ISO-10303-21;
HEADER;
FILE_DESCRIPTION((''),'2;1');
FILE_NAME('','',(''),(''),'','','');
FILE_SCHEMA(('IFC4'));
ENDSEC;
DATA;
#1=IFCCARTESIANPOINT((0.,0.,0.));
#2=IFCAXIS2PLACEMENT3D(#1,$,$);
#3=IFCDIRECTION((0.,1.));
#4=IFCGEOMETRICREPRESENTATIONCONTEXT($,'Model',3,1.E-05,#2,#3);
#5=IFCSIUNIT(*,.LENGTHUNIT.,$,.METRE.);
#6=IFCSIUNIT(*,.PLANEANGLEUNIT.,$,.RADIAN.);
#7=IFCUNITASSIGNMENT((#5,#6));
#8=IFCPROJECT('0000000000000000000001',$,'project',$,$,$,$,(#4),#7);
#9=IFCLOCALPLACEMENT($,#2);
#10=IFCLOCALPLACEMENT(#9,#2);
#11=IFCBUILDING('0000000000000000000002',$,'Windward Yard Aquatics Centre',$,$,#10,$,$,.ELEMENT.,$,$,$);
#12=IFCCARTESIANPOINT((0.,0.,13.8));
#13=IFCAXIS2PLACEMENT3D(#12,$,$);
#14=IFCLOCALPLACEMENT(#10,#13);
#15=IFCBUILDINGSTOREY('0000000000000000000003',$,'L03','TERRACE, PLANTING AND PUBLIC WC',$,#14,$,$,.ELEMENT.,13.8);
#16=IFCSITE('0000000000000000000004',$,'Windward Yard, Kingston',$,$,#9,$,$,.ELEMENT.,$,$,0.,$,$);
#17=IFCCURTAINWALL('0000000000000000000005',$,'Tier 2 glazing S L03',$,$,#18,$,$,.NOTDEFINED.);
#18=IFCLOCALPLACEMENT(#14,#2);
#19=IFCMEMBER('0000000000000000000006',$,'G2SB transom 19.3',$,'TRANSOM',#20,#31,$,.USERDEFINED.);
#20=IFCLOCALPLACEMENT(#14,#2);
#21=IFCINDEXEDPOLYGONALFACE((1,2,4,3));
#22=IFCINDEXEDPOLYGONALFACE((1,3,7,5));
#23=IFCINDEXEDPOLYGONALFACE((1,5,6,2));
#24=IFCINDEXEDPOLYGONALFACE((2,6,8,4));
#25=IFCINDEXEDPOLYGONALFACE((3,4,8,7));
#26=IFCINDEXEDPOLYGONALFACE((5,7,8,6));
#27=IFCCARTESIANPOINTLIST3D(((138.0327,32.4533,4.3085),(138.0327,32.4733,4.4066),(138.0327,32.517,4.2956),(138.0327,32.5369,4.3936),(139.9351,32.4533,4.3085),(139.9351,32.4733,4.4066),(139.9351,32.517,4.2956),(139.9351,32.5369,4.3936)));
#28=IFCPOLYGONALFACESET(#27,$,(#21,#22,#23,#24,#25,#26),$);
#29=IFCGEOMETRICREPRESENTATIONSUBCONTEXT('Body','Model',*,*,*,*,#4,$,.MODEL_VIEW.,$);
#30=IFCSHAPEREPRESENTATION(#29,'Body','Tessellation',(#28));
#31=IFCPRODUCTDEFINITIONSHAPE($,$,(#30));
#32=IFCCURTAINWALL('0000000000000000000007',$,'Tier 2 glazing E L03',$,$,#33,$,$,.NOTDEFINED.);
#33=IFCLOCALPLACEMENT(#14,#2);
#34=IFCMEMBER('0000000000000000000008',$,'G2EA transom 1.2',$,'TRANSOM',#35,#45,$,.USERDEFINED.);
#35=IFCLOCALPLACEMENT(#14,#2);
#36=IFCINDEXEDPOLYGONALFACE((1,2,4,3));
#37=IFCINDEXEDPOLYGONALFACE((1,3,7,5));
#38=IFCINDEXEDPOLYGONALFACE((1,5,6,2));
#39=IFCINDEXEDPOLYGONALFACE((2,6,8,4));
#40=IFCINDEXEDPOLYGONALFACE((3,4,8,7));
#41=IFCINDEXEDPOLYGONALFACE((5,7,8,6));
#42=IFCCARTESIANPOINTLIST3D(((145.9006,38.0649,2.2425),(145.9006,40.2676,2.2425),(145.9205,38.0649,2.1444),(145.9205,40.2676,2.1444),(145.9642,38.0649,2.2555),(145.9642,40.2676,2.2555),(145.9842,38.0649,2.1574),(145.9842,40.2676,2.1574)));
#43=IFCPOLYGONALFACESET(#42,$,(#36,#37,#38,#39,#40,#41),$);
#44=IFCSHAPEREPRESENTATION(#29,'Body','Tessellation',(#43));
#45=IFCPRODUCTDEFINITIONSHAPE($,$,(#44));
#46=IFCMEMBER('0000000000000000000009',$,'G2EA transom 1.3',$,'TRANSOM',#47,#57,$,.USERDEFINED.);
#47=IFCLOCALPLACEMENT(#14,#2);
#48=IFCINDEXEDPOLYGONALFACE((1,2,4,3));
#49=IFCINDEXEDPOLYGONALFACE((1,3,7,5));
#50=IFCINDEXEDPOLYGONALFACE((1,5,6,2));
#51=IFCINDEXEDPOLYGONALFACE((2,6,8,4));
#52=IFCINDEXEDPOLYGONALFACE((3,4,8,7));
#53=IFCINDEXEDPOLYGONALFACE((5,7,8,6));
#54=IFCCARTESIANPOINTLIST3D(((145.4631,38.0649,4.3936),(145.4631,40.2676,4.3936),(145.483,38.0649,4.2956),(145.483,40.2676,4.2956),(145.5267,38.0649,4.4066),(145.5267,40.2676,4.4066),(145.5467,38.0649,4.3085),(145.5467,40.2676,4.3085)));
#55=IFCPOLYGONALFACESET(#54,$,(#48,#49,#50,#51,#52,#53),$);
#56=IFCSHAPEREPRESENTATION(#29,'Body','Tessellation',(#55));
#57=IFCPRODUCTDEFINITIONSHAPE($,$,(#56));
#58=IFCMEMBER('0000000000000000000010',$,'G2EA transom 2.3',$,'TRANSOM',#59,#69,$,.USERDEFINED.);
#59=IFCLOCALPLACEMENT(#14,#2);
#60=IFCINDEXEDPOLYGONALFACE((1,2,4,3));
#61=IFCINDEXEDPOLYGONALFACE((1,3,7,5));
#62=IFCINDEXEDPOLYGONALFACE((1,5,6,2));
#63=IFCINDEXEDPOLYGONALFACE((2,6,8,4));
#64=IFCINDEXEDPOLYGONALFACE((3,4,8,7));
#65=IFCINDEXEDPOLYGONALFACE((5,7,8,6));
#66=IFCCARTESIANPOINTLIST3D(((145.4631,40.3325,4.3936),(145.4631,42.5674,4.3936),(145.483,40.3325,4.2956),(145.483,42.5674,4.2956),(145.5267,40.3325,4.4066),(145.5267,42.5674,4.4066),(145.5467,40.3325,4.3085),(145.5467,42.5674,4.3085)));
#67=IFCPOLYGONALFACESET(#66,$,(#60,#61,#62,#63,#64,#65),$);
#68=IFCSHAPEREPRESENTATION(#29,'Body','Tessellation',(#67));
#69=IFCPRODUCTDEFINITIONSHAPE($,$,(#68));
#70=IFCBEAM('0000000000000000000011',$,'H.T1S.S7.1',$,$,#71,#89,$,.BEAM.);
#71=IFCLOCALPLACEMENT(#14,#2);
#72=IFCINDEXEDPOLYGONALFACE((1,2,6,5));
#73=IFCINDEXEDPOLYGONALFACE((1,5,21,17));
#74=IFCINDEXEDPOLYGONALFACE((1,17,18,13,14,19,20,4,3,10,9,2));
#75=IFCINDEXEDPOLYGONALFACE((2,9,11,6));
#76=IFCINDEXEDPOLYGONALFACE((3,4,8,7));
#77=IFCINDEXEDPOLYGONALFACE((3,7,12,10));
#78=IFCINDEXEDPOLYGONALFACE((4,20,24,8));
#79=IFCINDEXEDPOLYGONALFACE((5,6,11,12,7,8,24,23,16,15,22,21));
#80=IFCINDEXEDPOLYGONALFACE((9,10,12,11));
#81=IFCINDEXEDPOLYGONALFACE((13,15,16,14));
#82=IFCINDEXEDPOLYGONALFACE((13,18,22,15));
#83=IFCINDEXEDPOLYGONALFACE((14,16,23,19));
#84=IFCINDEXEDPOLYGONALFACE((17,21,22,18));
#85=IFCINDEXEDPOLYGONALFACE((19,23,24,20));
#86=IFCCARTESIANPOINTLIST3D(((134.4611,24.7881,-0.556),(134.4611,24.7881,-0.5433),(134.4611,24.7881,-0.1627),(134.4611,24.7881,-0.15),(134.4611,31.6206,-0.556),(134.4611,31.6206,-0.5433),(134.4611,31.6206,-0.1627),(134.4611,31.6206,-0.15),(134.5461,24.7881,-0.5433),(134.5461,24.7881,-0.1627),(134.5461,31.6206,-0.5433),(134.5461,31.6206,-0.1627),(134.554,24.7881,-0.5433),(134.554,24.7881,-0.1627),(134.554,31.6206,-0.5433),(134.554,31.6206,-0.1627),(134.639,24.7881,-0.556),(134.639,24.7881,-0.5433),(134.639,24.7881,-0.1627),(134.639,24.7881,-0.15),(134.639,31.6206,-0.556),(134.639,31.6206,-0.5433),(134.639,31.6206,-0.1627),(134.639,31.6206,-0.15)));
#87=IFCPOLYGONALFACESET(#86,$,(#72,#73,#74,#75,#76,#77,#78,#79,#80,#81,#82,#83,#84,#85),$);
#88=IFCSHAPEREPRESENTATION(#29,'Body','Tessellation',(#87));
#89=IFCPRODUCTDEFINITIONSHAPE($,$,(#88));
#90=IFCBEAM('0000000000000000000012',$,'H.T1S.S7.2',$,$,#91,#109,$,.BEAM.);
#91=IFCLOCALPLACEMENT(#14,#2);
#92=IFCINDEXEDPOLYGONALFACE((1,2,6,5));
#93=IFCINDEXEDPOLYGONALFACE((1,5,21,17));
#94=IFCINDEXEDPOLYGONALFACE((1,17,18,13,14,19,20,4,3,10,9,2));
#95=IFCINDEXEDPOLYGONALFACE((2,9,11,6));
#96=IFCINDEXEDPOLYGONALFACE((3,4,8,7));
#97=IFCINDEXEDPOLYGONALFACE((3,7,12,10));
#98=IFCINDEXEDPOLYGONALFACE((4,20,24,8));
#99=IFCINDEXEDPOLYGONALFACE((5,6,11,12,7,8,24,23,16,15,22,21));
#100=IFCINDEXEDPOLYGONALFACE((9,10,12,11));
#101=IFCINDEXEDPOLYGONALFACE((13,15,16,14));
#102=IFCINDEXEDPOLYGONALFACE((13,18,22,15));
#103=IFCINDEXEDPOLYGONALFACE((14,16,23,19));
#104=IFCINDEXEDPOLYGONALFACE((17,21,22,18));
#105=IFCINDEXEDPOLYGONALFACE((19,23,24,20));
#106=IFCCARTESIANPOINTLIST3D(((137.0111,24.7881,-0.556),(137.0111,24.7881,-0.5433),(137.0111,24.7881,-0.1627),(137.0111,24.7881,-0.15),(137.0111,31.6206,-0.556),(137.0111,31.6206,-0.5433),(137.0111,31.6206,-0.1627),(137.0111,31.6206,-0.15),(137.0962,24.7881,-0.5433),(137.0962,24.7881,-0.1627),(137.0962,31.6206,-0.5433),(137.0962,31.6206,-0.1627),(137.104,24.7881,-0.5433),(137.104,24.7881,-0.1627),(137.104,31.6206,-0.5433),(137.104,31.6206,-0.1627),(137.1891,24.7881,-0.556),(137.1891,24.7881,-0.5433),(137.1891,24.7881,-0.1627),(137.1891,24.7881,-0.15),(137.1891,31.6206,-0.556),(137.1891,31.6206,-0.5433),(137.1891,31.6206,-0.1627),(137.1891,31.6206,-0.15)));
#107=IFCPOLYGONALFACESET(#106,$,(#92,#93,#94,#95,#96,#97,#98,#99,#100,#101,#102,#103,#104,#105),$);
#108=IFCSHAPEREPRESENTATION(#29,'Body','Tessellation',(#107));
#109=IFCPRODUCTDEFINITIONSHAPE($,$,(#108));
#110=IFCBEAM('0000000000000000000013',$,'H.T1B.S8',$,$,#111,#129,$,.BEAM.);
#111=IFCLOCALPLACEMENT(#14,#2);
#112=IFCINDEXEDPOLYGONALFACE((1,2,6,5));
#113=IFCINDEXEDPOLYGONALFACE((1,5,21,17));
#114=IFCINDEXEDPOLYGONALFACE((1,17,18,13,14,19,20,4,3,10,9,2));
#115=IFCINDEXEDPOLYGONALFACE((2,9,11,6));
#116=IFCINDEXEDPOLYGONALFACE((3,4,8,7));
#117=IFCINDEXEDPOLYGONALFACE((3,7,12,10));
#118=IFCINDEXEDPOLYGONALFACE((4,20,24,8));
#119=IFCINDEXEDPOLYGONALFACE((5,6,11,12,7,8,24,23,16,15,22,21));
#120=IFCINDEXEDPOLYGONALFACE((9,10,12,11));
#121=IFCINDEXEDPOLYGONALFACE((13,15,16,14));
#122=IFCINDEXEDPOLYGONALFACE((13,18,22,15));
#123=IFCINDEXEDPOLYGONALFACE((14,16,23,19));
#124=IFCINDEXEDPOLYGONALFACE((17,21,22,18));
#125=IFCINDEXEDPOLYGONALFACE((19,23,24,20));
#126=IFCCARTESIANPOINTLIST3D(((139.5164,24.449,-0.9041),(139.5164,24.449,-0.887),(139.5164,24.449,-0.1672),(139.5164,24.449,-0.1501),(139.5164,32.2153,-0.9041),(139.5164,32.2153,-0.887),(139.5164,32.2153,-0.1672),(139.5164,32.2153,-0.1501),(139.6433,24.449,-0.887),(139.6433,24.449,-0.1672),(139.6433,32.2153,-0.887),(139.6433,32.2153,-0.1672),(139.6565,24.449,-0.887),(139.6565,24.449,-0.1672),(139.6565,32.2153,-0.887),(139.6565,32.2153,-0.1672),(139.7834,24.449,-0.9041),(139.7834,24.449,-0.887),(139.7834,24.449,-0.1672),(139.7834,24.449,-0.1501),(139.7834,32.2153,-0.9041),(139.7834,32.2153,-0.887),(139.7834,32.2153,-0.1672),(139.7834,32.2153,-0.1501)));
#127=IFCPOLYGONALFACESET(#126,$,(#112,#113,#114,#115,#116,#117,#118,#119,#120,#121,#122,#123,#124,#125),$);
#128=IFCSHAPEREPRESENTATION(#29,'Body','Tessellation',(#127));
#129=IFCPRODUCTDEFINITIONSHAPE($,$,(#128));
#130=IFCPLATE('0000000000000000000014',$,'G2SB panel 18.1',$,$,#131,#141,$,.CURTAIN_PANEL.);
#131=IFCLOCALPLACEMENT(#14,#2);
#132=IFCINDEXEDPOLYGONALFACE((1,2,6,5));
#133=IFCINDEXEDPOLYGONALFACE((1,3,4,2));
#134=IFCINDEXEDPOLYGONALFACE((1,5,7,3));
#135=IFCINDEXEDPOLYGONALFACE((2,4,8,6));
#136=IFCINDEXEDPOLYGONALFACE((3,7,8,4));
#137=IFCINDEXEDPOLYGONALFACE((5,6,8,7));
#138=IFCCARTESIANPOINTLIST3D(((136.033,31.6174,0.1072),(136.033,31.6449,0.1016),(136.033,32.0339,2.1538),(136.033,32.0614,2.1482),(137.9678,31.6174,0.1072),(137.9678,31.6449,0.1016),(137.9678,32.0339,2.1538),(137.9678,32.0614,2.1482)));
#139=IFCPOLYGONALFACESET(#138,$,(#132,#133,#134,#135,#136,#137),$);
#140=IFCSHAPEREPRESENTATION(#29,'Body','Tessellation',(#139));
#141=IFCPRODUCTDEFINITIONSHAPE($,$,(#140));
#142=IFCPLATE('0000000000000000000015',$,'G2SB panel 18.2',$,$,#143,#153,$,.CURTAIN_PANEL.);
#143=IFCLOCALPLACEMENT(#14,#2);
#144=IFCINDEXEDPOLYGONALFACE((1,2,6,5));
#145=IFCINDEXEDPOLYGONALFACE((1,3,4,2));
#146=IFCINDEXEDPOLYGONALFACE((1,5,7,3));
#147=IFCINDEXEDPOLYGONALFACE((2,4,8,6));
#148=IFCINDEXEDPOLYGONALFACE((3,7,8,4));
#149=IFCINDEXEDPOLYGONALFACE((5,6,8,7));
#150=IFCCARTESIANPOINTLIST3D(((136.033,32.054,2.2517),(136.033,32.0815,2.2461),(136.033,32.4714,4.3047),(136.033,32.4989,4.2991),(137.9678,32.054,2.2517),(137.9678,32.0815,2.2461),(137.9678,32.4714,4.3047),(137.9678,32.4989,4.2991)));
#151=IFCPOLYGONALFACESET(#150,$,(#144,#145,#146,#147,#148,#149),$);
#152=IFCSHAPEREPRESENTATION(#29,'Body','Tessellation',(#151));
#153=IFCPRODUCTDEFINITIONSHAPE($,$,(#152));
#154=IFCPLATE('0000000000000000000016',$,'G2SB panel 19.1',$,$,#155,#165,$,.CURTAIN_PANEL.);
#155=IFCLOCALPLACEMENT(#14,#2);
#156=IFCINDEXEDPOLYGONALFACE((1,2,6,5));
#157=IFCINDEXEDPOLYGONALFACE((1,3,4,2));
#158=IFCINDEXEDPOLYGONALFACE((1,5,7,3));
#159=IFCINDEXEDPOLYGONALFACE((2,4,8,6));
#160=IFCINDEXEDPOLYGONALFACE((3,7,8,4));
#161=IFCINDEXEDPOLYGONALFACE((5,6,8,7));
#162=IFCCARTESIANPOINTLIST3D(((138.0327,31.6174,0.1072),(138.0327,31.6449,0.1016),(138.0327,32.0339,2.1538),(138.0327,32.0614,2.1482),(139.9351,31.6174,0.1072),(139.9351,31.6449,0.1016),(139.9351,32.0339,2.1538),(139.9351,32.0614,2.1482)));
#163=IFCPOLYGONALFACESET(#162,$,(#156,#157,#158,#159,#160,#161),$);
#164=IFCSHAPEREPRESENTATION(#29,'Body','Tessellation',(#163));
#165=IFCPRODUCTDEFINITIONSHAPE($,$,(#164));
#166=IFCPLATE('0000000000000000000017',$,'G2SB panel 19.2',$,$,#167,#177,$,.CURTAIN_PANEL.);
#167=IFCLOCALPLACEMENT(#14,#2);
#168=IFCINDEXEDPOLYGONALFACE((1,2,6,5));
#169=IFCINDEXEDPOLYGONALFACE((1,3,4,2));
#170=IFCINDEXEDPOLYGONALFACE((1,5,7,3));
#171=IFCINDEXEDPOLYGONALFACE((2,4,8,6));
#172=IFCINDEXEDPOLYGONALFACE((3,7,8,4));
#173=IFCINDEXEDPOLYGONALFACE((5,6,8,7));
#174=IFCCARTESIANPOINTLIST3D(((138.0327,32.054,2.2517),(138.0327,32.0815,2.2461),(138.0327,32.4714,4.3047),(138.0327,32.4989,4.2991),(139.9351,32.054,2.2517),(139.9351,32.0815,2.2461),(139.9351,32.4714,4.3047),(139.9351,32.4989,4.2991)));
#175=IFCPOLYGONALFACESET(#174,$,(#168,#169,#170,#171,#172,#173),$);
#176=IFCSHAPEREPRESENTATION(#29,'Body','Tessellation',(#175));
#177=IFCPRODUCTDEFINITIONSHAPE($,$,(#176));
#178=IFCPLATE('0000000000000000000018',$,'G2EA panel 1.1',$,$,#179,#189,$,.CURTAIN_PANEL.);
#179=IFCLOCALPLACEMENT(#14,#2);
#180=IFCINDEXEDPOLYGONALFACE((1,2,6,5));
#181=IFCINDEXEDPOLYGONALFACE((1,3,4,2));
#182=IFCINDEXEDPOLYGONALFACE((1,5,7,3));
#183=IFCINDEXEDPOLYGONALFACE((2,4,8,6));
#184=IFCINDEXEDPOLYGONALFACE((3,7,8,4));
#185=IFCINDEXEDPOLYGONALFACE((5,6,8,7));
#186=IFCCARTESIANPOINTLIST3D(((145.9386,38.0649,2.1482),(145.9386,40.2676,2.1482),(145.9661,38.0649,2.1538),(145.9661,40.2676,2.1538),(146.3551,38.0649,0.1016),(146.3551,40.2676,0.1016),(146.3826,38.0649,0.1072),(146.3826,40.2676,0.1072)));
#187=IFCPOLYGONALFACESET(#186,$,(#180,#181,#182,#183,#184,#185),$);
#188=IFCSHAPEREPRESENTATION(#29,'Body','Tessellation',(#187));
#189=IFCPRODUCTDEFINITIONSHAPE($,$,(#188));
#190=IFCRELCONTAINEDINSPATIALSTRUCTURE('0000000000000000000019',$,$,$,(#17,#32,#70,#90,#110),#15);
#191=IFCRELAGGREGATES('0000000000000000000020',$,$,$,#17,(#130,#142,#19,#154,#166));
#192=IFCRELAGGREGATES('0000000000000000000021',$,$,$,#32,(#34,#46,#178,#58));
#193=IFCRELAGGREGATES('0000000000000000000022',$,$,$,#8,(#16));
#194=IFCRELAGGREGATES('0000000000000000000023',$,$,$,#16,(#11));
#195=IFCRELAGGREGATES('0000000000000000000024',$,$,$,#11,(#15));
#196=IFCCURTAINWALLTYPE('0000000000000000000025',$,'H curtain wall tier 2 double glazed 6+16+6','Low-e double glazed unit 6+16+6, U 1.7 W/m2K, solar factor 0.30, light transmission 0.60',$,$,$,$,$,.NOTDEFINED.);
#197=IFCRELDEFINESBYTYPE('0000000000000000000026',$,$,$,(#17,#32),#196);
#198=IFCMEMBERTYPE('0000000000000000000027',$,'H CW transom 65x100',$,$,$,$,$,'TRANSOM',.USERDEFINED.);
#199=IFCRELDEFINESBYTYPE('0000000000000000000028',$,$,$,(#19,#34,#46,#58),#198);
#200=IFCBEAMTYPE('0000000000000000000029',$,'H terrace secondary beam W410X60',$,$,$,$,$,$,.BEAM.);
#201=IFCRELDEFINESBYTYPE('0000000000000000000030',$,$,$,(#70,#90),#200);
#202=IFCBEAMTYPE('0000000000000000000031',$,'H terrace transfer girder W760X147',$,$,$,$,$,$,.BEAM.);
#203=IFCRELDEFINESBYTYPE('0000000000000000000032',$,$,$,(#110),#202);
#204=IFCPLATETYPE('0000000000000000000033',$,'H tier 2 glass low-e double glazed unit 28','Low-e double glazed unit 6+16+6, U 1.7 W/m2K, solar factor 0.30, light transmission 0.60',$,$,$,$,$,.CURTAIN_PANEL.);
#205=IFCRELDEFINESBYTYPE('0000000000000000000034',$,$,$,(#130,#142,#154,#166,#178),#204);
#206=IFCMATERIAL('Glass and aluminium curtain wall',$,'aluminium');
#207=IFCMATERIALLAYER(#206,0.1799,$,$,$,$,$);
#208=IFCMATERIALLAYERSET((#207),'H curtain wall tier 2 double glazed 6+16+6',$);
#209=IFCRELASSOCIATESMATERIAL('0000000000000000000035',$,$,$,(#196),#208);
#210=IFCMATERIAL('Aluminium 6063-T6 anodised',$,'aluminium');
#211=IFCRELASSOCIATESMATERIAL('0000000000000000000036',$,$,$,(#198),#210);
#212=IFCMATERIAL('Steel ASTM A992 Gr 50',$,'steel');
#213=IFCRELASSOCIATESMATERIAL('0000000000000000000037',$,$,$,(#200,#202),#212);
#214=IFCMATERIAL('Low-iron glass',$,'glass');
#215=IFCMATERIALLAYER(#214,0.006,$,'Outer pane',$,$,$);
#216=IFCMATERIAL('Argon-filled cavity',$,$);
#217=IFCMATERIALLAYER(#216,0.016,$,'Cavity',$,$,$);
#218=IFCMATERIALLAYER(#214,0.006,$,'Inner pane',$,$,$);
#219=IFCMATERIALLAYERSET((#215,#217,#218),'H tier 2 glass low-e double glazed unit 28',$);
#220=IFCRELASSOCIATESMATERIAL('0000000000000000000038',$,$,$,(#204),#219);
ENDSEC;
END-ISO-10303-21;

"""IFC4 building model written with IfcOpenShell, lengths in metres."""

from ifc_helpers import new_model, si_unit, direction, frame, origin, origin_2d, place, context, subcontext, project, spatial, polyline, rectangle, i_section, outline, extrude, material, layer, layer_set, material_profile, profile_set, type_object, element, aggregate, save


model = new_model("IFC4")

# Units and contexts
model_context = context("Model", 3, precision=1e-05, world=origin(), true_north=direction((0.0, 1.0)))
body_context = subcontext(model_context, "Body", "Model", "MODEL_VIEW")
ifc_project = project(units=[si_unit("LENGTHUNIT", "METRE"), si_unit("PLANEANGLEUNIT", "RADIAN")], contexts=[model_context])

# Site, building, storey
site_placement = place(None, origin())
site = spatial("IfcSite", under=ifc_project, at=site_placement, Name="Windward Yard, Kingston", CompositionType="ELEMENT", RefElevation=0.0)
building_placement = place(site_placement, origin())
building = spatial("IfcBuilding", under=site, at=building_placement, Name="Windward Yard Aquatics Centre", CompositionType="ELEMENT")
storey_placement = place(building_placement, frame((0.0, 0.0, 13.8)))
storey = spatial("IfcBuildingStorey", under=building, at=storey_placement, Name="L03", Description="TERRACE, PLANTING AND PUBLIC WC", CompositionType="ELEMENT", Elevation=13.8)

# Curtain walls, members
ifc_material_1 = material(Name="Glass and aluminium curtain wall", Category="aluminium")
ifc_layer_1 = layer(ifc_material_1, 0.1799)
ifc_layer_set_1 = layer_set([ifc_layer_1], Name="H curtain wall tier 2 double glazed 6+16+6")
curtain_wall_type = type_object("IfcCurtainWallType", Name="H curtain wall tier 2 double glazed 6+16+6", Description="Low-e double glazed unit 6+16+6, U 1.7 W/m2K, solar factor 0.30, light transmission 0.60", PredefinedType="NOTDEFINED", material=ifc_layer_set_1)
curtain_wall_1_placement = place(storey_placement, origin())
curtain_wall_1 = element("IfcCurtainWall", 1, at=curtain_wall_1_placement, inside=storey, type_object=curtain_wall_type, Name="Tier 2 glazing S L03", PredefinedType="NOTDEFINED")
ifc_material_2 = material(Name="Aluminium 6063-T6 anodised", Category="aluminium")
ifc_material_profile_1 = material_profile(ifc_material_2, rectangle(XDim=0.0649, YDim=0.1001, at=origin_2d()), Name="H CW transom 65x100")
ifc_profile_set_1 = profile_set([ifc_material_profile_1], Name="Aluminium 6063-T6 anodised")
member_type_1 = type_object("IfcMemberType", Name="H CW transom 65x100", ElementType="TRANSOM", PredefinedType="USERDEFINED", material=ifc_profile_set_1)
member_1_placement = place(storey_placement, frame((138.0327, 32.4951, 4.3511), z_axis=(1.0, 0.0, 0.0), x_axis=(0.0, -0.979925, 0.199368)))
member_1 = element("IfcMember", 2, at=member_1_placement, type_object=member_type_1, Name="G2SB transom 19.3", ObjectType="TRANSOM", PredefinedType="USERDEFINED", context=body_context, shape_type="SweptSolid", body=[
    extrude(rectangle(XDim=0.0649, YDim=0.1001, at=origin_2d()), origin(), (0.0, 0.0, 1.0), 1.9023),
])
curtain_wall_2_placement = place(storey_placement, origin())
curtain_wall_2 = element("IfcCurtainWall", 3, at=curtain_wall_2_placement, inside=storey, type_object=curtain_wall_type, Name="Tier 2 glazing E L03", PredefinedType="NOTDEFINED")
member_2_placement = place(storey_placement, frame((145.9424, 38.0649, 2.2), z_axis=(0.0, 1.0, 0.0), x_axis=(0.979925, 0.0, 0.199368)))
member_2 = element("IfcMember", 4, at=member_2_placement, type_object=member_type_1, Name="G2EA transom 1.2", ObjectType="TRANSOM", PredefinedType="USERDEFINED", context=body_context, shape_type="SweptSolid", body=[
    extrude(rectangle(XDim=0.0649, YDim=0.1001, at=origin_2d()), origin(), (0.0, 0.0, 1.0), 2.2026),
])
member_3_placement = place(storey_placement, frame((145.5049, 38.0649, 4.3511), z_axis=(0.0, 1.0, 0.0), x_axis=(0.979925, 0.0, 0.199368)))
member_3 = element("IfcMember", 5, at=member_3_placement, type_object=member_type_1, Name="G2EA transom 1.3", ObjectType="TRANSOM", PredefinedType="USERDEFINED", context=body_context, shape_type="SweptSolid", body=[
    extrude(rectangle(XDim=0.0649, YDim=0.1001, at=origin_2d()), origin(), (0.0, 0.0, 1.0), 2.2026),
])
member_4_placement = place(storey_placement, frame((145.5049, 40.3325, 4.3511), z_axis=(0.0, 1.0, 0.0), x_axis=(0.979925, 0.0, 0.199368)))
member_4 = element("IfcMember", 6, at=member_4_placement, type_object=member_type_1, Name="G2EA transom 2.3", ObjectType="TRANSOM", PredefinedType="USERDEFINED", context=body_context, shape_type="SweptSolid", body=[
    extrude(rectangle(XDim=0.0649, YDim=0.1001, at=origin_2d()), origin(), (0.0, 0.0, 1.0), 2.2349),
])

# Beams
ifc_material_3 = material(Name="Steel ASTM A992 Gr 50", Category="steel")
ifc_material_profile_2 = material_profile(ifc_material_3, i_section(OverallWidth=0.178, OverallDepth=0.406, WebThickness=0.0078, FlangeThickness=0.0127, at=origin_2d()), Name="W410X60")
ifc_profile_set_2 = profile_set([ifc_material_profile_2], Name="Steel ASTM A992 Gr 50")
beam_type_1 = type_object("IfcBeamType", Name="H terrace secondary beam W410X60", PredefinedType="BEAM", material=ifc_profile_set_2)
for number, where, z_axis, x_axis, name in (
    (7, (134.55, 24.7881, -0.353), (0.0, 1.0, 0.0), (-1.0, 0.0, 0.0), "H.T1S.S7.1"),
    (8, (137.1001, 24.7881, -0.353), (0.0, 1.0, 0.0), (-1.0, 0.0, 0.0), "H.T1S.S7.2"),
):
    element("IfcBeam", number, at=place(storey_placement, frame(where, z_axis=z_axis, x_axis=x_axis)), inside=storey, type_object=beam_type_1, Name=name, PredefinedType="BEAM", context=body_context, shape_type="SweptSolid", body=[
        extrude(i_section(OverallWidth=0.178, OverallDepth=0.406, WebThickness=0.0078, FlangeThickness=0.0127, at=origin_2d()), origin(), (0.0, 0.0, 1.0), 6.8325),
    ])
ifc_material_profile_3 = material_profile(ifc_material_3, i_section(OverallWidth=0.2671, OverallDepth=0.7539, WebThickness=0.0132, FlangeThickness=0.0171, at=origin_2d()), Name="W760X147")
ifc_profile_set_3 = profile_set([ifc_material_profile_3], Name="Steel ASTM A992 Gr 50")
beam_type_2 = type_object("IfcBeamType", Name="H terrace transfer girder W760X147", PredefinedType="BEAM", material=ifc_profile_set_3)
beam_placement = place(storey_placement, frame((139.6499, 24.449, -0.5271), z_axis=(0.0, 1.0, 0.0), x_axis=(-1.0, 0.0, 0.0)))
element("IfcBeam", 9, at=beam_placement, inside=storey, type_object=beam_type_2, Name="H.T1B.S8", PredefinedType="BEAM", context=body_context, shape_type="SweptSolid", body=[
    extrude(i_section(OverallWidth=0.2671, OverallDepth=0.7539, WebThickness=0.0132, FlangeThickness=0.0171, at=origin_2d()), origin(), (0.0, 0.0, 1.0), 7.7664),
])

# Plates
ifc_material_4 = material(Name="Low-iron glass", Category="glass")
ifc_layer_2 = layer(ifc_material_4, 0.006, Name="Outer pane")
ifc_material_5 = material(Name="Argon-filled cavity")
ifc_layer_3 = layer(ifc_material_5, 0.016, Name="Cavity")
ifc_layer_4 = layer(ifc_material_4, 0.006, Name="Inner pane")
ifc_layer_set_2 = layer_set([ifc_layer_2, ifc_layer_3, ifc_layer_4], Name="H tier 2 glass low-e double glazed unit 28")
plate_type = type_object("IfcPlateType", Name="H tier 2 glass low-e double glazed unit 28", Description="Low-e double glazed unit 6+16+6, U 1.7 W/m2K, solar factor 0.30, light transmission 0.60", PredefinedType="CURTAIN_PANEL", material=ifc_layer_set_2)
plate_1_placement = place(storey_placement, frame((136.033, 31.6174, 0.1072), z_axis=(0.0, -0.979914, 0.199419), x_axis=(1.0, 0.0, 0.0)))
plate_1 = element("IfcPlate", 10, at=plate_1_placement, type_object=plate_type, Name="G2SB panel 18.1", PredefinedType="CURTAIN_PANEL", context=body_context, shape_type="SweptSolid", body=[
    extrude(outline(polyline([(0.0, 0.0), (1.9348, 0.0), (1.9348, 2.0886), (0.0, 2.0886), (0.0, 0.0)])), origin(), (0.0, 0.0, -1.0), 0.0281),
])
plate_2_placement = place(storey_placement, frame((136.033, 32.054, 2.2517), z_axis=(0.0, -0.979944, 0.199275), x_axis=(1.0, 0.0, 0.0)))
plate_2 = element("IfcPlate", 11, at=plate_2_placement, type_object=plate_type, Name="G2SB panel 18.2", PredefinedType="CURTAIN_PANEL", context=body_context, shape_type="SweptSolid", body=[
    extrude(outline(polyline([(0.0, 0.0), (1.9348, 0.0), (1.9348, 2.095), (0.0, 2.095), (0.0, 0.0)])), origin(), (0.0, 0.0, -1.0), 0.0281),
])
plate_3_placement = place(storey_placement, frame((138.0327, 31.6174, 0.1072), z_axis=(0.0, -0.979914, 0.199419), x_axis=(1.0, 0.0, 0.0)))
plate_3 = element("IfcPlate", 12, at=plate_3_placement, type_object=plate_type, Name="G2SB panel 19.1", PredefinedType="CURTAIN_PANEL", context=body_context, shape_type="SweptSolid", body=[
    extrude(outline(polyline([(0.0, 0.0), (1.9023, 0.0), (1.9023, 2.0886), (0.0, 2.0886), (0.0, 0.0)])), origin(), (0.0, 0.0, -1.0), 0.0281),
])
plate_4_placement = place(storey_placement, frame((138.0327, 32.054, 2.2517), z_axis=(0.0, -0.979944, 0.199275), x_axis=(1.0, 0.0, 0.0)))
plate_4 = element("IfcPlate", 13, at=plate_4_placement, type_object=plate_type, Name="G2SB panel 19.2", PredefinedType="CURTAIN_PANEL", context=body_context, shape_type="SweptSolid", body=[
    extrude(outline(polyline([(0.0, 0.0), (1.9023, 0.0), (1.9023, 2.095), (0.0, 2.095), (0.0, 0.0)])), origin(), (0.0, 0.0, -1.0), 0.0281),
])
aggregate(curtain_wall_1, [plate_1, plate_2, member_1, plate_3, plate_4])
plate_5_placement = place(storey_placement, frame((145.9661, 38.0649, 2.1538), z_axis=(0.979914, 0.0, 0.199419), x_axis=(0.199419, 0.0, -0.979914)))
plate_5 = element("IfcPlate", 14, at=plate_5_placement, type_object=plate_type, Name="G2EA panel 1.1", PredefinedType="CURTAIN_PANEL", context=body_context, shape_type="SweptSolid", body=[
    extrude(outline(polyline([(0.0, 0.0), (2.0886, 0.0), (2.0886, 2.2026), (0.0, 2.2026), (0.0, 0.0)])), origin(), (0.0, 0.0, -1.0), 0.0281),
])
aggregate(curtain_wall_2, [member_2, member_3, plate_5, member_4])

save(model, "model.ifc")
